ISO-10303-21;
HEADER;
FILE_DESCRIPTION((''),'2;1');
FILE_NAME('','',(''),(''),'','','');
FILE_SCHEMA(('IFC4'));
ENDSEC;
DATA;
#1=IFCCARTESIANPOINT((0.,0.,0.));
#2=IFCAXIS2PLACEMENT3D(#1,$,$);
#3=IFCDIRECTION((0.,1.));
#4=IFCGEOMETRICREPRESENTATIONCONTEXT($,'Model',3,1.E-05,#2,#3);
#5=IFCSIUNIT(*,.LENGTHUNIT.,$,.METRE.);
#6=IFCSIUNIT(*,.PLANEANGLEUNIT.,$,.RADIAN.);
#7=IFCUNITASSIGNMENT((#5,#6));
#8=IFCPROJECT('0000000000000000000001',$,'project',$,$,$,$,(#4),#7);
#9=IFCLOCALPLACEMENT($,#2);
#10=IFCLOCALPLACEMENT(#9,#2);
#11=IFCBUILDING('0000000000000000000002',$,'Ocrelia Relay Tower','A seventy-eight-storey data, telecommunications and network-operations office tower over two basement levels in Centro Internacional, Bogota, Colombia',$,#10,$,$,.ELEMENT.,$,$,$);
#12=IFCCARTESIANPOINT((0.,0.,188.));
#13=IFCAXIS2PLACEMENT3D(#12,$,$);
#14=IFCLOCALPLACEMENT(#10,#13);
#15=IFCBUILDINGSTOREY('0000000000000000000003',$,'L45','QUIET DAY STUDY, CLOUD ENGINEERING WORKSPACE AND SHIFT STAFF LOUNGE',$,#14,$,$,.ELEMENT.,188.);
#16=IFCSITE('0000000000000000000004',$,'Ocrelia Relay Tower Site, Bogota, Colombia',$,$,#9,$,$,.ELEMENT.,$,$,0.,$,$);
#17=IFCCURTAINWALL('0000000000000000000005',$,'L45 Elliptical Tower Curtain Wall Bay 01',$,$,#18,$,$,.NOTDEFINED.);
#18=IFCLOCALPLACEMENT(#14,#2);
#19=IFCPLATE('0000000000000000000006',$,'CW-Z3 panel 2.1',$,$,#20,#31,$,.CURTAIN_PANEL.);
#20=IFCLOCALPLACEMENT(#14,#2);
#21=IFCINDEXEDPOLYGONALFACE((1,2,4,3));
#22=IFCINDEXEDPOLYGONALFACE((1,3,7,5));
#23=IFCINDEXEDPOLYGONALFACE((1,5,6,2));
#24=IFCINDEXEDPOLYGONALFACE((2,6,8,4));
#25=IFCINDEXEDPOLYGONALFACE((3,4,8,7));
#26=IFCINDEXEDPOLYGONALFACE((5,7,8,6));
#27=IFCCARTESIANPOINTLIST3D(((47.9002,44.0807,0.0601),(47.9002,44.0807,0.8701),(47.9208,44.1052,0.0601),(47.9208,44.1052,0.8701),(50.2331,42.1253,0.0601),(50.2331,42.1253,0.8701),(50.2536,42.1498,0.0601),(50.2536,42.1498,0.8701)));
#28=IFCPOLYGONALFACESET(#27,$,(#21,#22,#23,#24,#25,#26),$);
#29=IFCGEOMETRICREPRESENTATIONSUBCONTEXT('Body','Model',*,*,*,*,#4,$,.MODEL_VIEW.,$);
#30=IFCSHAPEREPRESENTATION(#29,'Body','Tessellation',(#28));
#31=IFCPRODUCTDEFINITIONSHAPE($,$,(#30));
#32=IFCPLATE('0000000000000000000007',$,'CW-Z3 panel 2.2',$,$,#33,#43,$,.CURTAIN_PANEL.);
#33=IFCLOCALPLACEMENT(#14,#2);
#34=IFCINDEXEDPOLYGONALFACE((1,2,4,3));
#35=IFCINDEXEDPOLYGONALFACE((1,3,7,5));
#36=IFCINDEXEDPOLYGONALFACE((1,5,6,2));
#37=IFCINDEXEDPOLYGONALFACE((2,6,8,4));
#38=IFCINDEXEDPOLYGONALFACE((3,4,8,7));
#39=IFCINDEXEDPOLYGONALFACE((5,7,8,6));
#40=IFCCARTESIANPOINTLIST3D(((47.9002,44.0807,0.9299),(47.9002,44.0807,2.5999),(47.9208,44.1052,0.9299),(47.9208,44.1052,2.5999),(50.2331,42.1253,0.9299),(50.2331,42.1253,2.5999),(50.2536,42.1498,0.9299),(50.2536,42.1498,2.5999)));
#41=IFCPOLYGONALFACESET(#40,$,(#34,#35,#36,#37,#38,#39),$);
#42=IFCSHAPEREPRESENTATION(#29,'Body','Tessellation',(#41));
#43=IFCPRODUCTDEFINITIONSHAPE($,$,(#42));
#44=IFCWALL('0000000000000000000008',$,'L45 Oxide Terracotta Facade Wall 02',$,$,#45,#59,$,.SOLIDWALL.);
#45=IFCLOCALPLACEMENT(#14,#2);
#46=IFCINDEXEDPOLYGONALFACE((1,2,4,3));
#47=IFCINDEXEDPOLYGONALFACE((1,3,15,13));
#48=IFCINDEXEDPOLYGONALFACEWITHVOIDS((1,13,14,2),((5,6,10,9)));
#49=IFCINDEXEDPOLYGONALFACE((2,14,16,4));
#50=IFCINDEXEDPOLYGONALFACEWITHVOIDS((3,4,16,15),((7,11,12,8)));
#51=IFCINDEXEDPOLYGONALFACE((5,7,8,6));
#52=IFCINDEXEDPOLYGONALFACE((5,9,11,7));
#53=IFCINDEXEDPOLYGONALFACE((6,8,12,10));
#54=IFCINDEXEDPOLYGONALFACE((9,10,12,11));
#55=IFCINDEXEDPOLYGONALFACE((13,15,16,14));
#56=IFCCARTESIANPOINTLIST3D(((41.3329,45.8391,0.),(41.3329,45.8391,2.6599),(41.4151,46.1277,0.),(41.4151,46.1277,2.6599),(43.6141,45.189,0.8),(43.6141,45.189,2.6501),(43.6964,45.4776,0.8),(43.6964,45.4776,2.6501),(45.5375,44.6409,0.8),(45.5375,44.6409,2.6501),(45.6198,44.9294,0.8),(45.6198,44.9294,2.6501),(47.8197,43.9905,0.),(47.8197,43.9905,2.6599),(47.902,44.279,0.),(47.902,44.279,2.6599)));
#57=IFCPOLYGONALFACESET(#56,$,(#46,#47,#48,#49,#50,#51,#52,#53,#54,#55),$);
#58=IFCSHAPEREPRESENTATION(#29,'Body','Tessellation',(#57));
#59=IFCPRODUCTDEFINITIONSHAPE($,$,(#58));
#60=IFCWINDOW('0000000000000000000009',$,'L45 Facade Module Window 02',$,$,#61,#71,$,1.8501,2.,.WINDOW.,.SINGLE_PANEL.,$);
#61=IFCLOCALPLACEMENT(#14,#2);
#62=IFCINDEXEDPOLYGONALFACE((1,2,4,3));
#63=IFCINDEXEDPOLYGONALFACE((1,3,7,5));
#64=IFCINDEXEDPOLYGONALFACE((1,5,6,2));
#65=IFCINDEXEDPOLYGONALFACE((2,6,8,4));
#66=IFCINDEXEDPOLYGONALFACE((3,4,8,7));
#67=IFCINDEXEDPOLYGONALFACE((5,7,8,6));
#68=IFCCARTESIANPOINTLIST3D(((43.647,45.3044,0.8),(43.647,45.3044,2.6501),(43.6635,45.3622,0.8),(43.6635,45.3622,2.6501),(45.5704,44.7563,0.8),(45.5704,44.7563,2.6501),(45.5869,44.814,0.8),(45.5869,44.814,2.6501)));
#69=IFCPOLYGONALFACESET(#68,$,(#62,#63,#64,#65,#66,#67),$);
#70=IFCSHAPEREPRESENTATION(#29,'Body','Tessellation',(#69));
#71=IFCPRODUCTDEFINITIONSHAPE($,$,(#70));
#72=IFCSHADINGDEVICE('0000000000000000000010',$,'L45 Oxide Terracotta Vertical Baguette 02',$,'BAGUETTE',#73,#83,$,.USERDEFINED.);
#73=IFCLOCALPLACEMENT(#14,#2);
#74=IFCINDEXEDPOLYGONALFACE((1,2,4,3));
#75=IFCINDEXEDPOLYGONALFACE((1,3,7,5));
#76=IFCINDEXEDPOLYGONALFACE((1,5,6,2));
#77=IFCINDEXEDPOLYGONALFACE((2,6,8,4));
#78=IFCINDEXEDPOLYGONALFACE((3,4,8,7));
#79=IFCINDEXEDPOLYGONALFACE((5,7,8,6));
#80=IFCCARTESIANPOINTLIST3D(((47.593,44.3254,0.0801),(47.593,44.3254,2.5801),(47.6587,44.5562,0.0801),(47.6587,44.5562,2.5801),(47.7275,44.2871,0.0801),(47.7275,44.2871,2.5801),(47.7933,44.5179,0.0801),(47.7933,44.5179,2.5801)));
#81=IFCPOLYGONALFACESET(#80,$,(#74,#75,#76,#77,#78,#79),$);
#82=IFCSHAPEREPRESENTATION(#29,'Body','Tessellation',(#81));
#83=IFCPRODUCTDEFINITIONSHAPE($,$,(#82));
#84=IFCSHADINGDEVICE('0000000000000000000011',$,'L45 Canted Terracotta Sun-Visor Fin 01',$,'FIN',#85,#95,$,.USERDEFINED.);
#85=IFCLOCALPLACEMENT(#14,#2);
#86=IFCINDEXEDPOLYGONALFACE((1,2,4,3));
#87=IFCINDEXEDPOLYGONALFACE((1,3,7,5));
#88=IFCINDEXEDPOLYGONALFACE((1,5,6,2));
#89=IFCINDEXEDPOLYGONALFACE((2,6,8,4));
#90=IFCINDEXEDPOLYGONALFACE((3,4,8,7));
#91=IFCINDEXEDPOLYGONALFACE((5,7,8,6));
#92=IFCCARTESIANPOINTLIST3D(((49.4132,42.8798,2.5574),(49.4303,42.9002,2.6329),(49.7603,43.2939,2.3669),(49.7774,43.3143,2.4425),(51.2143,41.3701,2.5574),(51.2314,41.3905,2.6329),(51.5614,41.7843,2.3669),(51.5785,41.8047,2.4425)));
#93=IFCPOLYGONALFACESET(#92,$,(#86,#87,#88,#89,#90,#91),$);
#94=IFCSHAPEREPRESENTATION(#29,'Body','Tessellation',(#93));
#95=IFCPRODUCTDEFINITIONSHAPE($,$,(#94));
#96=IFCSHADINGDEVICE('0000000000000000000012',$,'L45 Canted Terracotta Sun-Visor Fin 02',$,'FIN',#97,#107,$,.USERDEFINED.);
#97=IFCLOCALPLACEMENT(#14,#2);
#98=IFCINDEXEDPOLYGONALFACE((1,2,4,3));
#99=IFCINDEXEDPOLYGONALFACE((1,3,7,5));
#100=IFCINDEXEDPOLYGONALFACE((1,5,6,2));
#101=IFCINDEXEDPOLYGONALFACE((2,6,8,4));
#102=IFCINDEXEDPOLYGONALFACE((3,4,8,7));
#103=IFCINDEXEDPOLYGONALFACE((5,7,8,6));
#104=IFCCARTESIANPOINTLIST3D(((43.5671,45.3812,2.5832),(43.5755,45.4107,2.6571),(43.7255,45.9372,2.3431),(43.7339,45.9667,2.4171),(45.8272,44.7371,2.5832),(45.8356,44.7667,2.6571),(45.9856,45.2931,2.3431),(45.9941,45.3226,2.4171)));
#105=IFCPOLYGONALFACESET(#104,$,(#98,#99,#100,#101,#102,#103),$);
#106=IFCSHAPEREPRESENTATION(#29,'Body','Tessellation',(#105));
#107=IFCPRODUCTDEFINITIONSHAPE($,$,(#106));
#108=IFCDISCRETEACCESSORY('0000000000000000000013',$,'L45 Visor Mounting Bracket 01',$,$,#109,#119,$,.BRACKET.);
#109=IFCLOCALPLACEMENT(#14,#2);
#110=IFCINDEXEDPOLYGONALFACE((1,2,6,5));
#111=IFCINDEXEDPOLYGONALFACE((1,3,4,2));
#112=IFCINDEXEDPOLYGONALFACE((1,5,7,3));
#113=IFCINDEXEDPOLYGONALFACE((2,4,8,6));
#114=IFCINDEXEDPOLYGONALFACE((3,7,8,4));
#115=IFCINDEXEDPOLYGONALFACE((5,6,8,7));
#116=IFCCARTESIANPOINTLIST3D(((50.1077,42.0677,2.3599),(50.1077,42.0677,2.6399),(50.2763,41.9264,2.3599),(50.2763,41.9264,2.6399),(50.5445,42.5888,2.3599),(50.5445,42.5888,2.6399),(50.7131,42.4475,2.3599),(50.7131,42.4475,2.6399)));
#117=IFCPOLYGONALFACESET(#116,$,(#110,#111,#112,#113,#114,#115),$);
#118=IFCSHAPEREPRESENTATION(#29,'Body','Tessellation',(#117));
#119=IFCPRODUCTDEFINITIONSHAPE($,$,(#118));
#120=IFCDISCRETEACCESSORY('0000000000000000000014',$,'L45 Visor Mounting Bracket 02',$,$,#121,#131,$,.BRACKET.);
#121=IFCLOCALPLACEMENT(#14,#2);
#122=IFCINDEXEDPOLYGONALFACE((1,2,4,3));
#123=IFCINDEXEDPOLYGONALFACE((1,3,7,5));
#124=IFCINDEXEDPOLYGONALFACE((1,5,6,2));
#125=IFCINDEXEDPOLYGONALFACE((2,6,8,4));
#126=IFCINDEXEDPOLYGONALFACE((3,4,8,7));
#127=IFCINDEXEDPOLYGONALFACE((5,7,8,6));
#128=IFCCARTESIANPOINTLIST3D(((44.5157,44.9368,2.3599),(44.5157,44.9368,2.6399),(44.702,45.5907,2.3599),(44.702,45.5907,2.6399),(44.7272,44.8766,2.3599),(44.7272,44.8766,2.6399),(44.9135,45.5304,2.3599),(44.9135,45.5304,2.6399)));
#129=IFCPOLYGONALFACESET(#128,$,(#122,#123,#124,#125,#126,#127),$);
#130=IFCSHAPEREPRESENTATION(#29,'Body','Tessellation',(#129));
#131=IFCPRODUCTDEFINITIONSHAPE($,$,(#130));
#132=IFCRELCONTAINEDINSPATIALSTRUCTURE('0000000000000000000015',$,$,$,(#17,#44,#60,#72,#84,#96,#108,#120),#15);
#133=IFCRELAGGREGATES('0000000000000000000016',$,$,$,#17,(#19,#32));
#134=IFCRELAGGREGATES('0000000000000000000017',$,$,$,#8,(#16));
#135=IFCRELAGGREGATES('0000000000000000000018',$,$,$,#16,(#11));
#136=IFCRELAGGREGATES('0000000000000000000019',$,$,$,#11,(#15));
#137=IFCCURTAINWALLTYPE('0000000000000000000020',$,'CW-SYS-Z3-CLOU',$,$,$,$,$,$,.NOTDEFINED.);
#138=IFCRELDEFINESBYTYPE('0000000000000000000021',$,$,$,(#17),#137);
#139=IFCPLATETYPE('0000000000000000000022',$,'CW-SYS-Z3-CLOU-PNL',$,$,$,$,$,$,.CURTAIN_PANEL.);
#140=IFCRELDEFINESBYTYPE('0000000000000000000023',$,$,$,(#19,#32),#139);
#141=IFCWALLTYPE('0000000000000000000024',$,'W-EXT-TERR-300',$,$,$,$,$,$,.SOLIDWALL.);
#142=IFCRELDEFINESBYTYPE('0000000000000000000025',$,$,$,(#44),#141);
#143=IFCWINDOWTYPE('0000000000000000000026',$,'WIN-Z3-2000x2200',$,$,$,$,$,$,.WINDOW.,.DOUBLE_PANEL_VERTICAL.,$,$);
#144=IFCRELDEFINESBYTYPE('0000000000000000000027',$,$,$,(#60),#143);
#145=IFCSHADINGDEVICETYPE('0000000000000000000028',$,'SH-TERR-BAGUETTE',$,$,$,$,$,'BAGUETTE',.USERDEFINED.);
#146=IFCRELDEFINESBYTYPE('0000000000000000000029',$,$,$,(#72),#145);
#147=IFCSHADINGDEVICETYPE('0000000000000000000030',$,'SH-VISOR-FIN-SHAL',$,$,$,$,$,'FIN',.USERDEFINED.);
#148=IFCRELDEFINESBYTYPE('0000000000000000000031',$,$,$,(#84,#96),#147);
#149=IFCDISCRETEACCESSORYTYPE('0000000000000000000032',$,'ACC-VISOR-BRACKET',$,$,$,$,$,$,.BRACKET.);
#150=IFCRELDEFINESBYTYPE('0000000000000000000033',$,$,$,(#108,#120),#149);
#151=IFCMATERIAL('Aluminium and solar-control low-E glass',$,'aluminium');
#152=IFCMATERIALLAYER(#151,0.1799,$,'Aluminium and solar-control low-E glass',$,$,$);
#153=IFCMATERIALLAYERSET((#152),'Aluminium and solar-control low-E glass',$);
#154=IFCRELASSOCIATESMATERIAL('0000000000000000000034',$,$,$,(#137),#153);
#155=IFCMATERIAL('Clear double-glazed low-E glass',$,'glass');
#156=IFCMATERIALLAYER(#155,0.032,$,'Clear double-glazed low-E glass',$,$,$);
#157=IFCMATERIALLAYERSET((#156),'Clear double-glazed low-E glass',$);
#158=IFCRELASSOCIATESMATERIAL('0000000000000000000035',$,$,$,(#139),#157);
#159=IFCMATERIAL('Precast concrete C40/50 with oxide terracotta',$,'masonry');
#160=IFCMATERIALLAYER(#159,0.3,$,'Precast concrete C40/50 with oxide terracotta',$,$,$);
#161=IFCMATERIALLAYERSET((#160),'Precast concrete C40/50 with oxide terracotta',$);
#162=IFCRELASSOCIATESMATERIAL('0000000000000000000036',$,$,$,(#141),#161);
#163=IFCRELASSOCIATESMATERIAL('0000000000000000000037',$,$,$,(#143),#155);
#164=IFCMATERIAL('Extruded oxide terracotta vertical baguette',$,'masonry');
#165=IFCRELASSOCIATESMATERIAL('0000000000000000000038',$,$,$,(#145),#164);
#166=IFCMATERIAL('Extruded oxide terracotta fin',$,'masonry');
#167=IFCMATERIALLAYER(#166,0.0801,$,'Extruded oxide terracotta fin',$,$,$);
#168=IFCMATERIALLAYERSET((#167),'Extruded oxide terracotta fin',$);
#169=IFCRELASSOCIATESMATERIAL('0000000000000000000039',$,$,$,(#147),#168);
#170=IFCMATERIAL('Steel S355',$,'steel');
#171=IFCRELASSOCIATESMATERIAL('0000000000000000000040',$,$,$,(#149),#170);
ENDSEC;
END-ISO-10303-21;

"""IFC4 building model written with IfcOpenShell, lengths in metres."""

from ifc_helpers import new_model, si_unit, direction, frame, frame_2d, origin, origin_2d, place, context, subcontext, project, spatial, rectangle, extrude, material, layer, layer_set, type_object, element, fill, aggregate, save


model = new_model("IFC4")

# Units and contexts
model_context = context("Model", 3, precision=1e-05, world=origin(), true_north=direction((0.0, 1.0)))
body_context = subcontext(model_context, "Body", "Model", "MODEL_VIEW")
ifc_project = project(units=[si_unit("LENGTHUNIT", "METRE"), si_unit("PLANEANGLEUNIT", "RADIAN")], contexts=[model_context])

# Site, building, storey
site_placement = place(None, origin())
site = spatial("IfcSite", under=ifc_project, at=site_placement, Name="Ocrelia Relay Tower Site, Bogota, Colombia", CompositionType="ELEMENT", RefElevation=0.0)
building_placement = place(site_placement, origin())
building = spatial("IfcBuilding", under=site, at=building_placement, Name="Ocrelia Relay Tower", Description="A seventy-eight-storey data, telecommunications and network-operations office tower over two basement levels in Centro Internacional, Bogota, Colombia", CompositionType="ELEMENT")
storey_placement = place(building_placement, frame((0.0, 0.0, 188.0)))
storey = spatial("IfcBuildingStorey", under=building, at=storey_placement, Name="L45", Description="QUIET DAY STUDY, CLOUD ENGINEERING WORKSPACE AND SHIFT STAFF LOUNGE", CompositionType="ELEMENT", Elevation=188.0)

# Curtain wall, plates
ifc_material_1 = material(Name="Aluminium and solar-control low-E glass", Category="aluminium")
ifc_layer_1 = layer(ifc_material_1, 0.1799, Name="Aluminium and solar-control low-E glass")
ifc_layer_set_1 = layer_set([ifc_layer_1], Name="Aluminium and solar-control low-E glass")
curtain_wall_type = type_object("IfcCurtainWallType", Name="CW-SYS-Z3-CLOU", PredefinedType="NOTDEFINED", material=ifc_layer_set_1)
curtain_wall_placement = place(storey_placement, origin())
curtain_wall = element("IfcCurtainWall", 1, at=curtain_wall_placement, inside=storey, type_object=curtain_wall_type, Name="L45 Elliptical Tower Curtain Wall Bay 01", PredefinedType="NOTDEFINED")
ifc_material_2 = material(Name="Clear double-glazed low-E glass", Category="glass")
ifc_layer_2 = layer(ifc_material_2, 0.032, Name="Clear double-glazed low-E glass")
ifc_layer_set_2 = layer_set([ifc_layer_2], Name="Clear double-glazed low-E glass")
plate_type = type_object("IfcPlateType", Name="CW-SYS-Z3-CLOU-PNL", PredefinedType="CURTAIN_PANEL", material=ifc_layer_set_2)
plate_1_placement = place(storey_placement, frame((49.0769, 43.1152, 0.0601), z_axis=(0.0, 0.0, 1.0), x_axis=(-0.766386, 0.64238, 0.0)))
plate_1 = element("IfcPlate", 2, at=plate_1_placement, type_object=plate_type, Name="CW-Z3 panel 2.1", PredefinedType="CURTAIN_PANEL", context=body_context, shape_type="SweptSolid", body=[
    extrude(rectangle(XDim=3.0439, YDim=0.032, at=origin_2d()), origin(), (0.0, 0.0, 1.0), 0.8101),
])
plate_2_placement = place(storey_placement, frame((49.0769, 43.1152, 0.9299), z_axis=(0.0, 0.0, 1.0), x_axis=(-0.766386, 0.64238, 0.0)))
plate_2 = element("IfcPlate", 3, at=plate_2_placement, type_object=plate_type, Name="CW-Z3 panel 2.2", PredefinedType="CURTAIN_PANEL", context=body_context, shape_type="SweptSolid", body=[
    extrude(rectangle(XDim=3.0439, YDim=0.032, at=origin_2d()), origin(), (0.0, 0.0, 1.0), 1.6699),
])
aggregate(curtain_wall, [plate_1, plate_2])

# Wall, opening, window
ifc_material_3 = material(Name="Precast concrete C40/50 with oxide terracotta", Category="masonry")
ifc_layer_3 = layer(ifc_material_3, 0.3, Name="Precast concrete C40/50 with oxide terracotta")
ifc_layer_set_3 = layer_set([ifc_layer_3], Name="Precast concrete C40/50 with oxide terracotta")
wall_type = type_object("IfcWallType", Name="W-EXT-TERR-300", PredefinedType="SOLIDWALL", material=ifc_layer_set_3)
wall_placement = place(storey_placement, frame((47.8608, 44.1348, 0.0), z_axis=(0.0, 0.0, 1.0), x_axis=(-0.961709, 0.274071, 0.0)))
wall = element("IfcWall", 4, at=wall_placement, inside=storey, type_object=wall_type, Name="L45 Oxide Terracotta Facade Wall 02", PredefinedType="SOLIDWALL", context=body_context, shape_type="SweptSolid", body=[
    extrude(rectangle(XDim=6.7451, YDim=0.3, at=frame_2d((3.3726, 0.0))), origin(), (0.0, 0.0, 1.0), 2.6599),
])
opening_placement = place(wall_placement, frame((2.373, 0.0, 0.8)))
opening = element("IfcOpeningElement", 5, at=opening_placement, cuts=wall, PredefinedType="OPENING", context=body_context, shape_type="SweptSolid", body=[
    extrude(rectangle(XDim=2.0, YDim=1.8501, at=frame_2d((1.0, 0.925))), frame((0.0, 0.1602, 0.0), z_axis=(0.0, -1.0, 0.0), x_axis=(1.0, 0.0, 0.0)), (0.0, 0.0, 1.0), 0.3201),
])
window_type = type_object("IfcWindowType", Name="WIN-Z3-2000x2200", PartitioningType="DOUBLE_PANEL_VERTICAL", PredefinedType="WINDOW", material=ifc_material_2)
window_placement = place(opening_placement, origin())
window = element("IfcWindow", 6, at=window_placement, inside=storey, type_object=window_type, Name="L45 Facade Module Window 02", OverallHeight=1.8501, OverallWidth=2.0, PartitioningType="SINGLE_PANEL", PredefinedType="WINDOW", context=body_context, shape_type="SweptSolid", body=[
    extrude(rectangle(XDim=2.0, YDim=1.8501, at=frame_2d((1.0, 0.925))), frame((0.0, 0.03, 0.0), z_axis=(0.0, -1.0, 0.0), x_axis=(1.0, 0.0, 0.0)), (0.0, 0.0, 1.0), 0.0601),
])
fill(opening, window)

# Shading devices
ifc_material_4 = material(Name="Extruded oxide terracotta vertical baguette", Category="masonry")
shading_device_type_1 = type_object("IfcShadingDeviceType", Name="SH-TERR-BAGUETTE", ElementType="BAGUETTE", PredefinedType="USERDEFINED", material=ifc_material_4)
shading_device_1_placement = place(storey_placement, frame((47.6931, 44.4216, 0.0801), z_axis=(0.0, 0.0, 1.0), x_axis=(-0.961711, 0.274067, 0.0)))
element("IfcShadingDevice", 7, at=shading_device_1_placement, inside=storey, type_object=shading_device_type_1, Name="L45 Oxide Terracotta Vertical Baguette 02", ObjectType="BAGUETTE", PredefinedType="USERDEFINED", context=body_context, shape_type="SweptSolid", body=[
    extrude(rectangle(XDim=0.1399, YDim=0.24, at=origin_2d()), origin(), (0.0, 0.0, 1.0), 2.5),
])
ifc_material_5 = material(Name="Extruded oxide terracotta fin", Category="masonry")
ifc_layer_4 = layer(ifc_material_5, 0.0801, Name="Extruded oxide terracotta fin")
ifc_layer_set_4 = layer_set([ifc_layer_4], Name="Extruded oxide terracotta fin")
shading_device_type_2 = type_object("IfcShadingDeviceType", Name="SH-VISOR-FIN-SHAL", ElementType="FIN", PredefinedType="USERDEFINED", material=ifc_layer_set_4)
shading_device_2_placement = place(storey_placement, frame((50.4873, 42.332, 2.4622), z_axis=(0.213479, 0.25469, 0.943165), x_axis=(-0.766386, 0.64238, 0.0)))
element("IfcShadingDevice", 8, at=shading_device_2_placement, inside=storey, type_object=shading_device_type_2, Name="L45 Canted Terracotta Sun-Visor Fin 01", ObjectType="FIN", PredefinedType="USERDEFINED", context=body_context, shape_type="SweptSolid", body=[
    extrude(rectangle(XDim=2.3501, YDim=0.573, at=origin_2d()), origin(), (0.0, 0.0, 1.0), 0.0801),
])
shading_device_3_placement = place(storey_placement, frame((44.7764, 45.3372, 2.4631), z_axis=(0.105102, 0.368806, 0.923545), x_axis=(-0.961711, 0.274067, 0.0)))
element("IfcShadingDevice", 9, at=shading_device_3_placement, inside=storey, type_object=shading_device_type_2, Name="L45 Canted Terracotta Sun-Visor Fin 02", ObjectType="FIN", PredefinedType="USERDEFINED", context=body_context, shape_type="SweptSolid", body=[
    extrude(rectangle(XDim=2.3501, YDim=0.626, at=origin_2d()), origin(), (0.0, 0.0, 1.0), 0.0801),
])

# Discrete accessories
ifc_material_6 = material(Name="Steel S355", Category="steel")
discrete_accessory_type = type_object("IfcDiscreteAccessoryType", Name="ACC-VISOR-BRACKET", PredefinedType="BRACKET", material=ifc_material_6)
for number, where, z_axis, x_axis, name in (
    (10, (50.4104, 42.2576, 2.3599), (0.0, 0.0, 1.0), (-0.766386, 0.64238, 0.0), "L45 Visor Mounting Bracket 01"),
    (11, (44.7146, 45.2336, 2.3599), (0.0, 0.0, 1.0), (-0.961711, 0.274067, 0.0), "L45 Visor Mounting Bracket 02"),
):
    element("IfcDiscreteAccessory", number, at=place(storey_placement, frame(where, z_axis=z_axis, x_axis=x_axis)), inside=storey, type_object=discrete_accessory_type, Name=name, PredefinedType="BRACKET", context=body_context, shape_type="SweptSolid", body=[
        extrude(rectangle(XDim=0.22, YDim=0.6799, at=origin_2d()), origin(), (0.0, 0.0, 1.0), 0.28),
    ])

save(model, "model.ifc")
